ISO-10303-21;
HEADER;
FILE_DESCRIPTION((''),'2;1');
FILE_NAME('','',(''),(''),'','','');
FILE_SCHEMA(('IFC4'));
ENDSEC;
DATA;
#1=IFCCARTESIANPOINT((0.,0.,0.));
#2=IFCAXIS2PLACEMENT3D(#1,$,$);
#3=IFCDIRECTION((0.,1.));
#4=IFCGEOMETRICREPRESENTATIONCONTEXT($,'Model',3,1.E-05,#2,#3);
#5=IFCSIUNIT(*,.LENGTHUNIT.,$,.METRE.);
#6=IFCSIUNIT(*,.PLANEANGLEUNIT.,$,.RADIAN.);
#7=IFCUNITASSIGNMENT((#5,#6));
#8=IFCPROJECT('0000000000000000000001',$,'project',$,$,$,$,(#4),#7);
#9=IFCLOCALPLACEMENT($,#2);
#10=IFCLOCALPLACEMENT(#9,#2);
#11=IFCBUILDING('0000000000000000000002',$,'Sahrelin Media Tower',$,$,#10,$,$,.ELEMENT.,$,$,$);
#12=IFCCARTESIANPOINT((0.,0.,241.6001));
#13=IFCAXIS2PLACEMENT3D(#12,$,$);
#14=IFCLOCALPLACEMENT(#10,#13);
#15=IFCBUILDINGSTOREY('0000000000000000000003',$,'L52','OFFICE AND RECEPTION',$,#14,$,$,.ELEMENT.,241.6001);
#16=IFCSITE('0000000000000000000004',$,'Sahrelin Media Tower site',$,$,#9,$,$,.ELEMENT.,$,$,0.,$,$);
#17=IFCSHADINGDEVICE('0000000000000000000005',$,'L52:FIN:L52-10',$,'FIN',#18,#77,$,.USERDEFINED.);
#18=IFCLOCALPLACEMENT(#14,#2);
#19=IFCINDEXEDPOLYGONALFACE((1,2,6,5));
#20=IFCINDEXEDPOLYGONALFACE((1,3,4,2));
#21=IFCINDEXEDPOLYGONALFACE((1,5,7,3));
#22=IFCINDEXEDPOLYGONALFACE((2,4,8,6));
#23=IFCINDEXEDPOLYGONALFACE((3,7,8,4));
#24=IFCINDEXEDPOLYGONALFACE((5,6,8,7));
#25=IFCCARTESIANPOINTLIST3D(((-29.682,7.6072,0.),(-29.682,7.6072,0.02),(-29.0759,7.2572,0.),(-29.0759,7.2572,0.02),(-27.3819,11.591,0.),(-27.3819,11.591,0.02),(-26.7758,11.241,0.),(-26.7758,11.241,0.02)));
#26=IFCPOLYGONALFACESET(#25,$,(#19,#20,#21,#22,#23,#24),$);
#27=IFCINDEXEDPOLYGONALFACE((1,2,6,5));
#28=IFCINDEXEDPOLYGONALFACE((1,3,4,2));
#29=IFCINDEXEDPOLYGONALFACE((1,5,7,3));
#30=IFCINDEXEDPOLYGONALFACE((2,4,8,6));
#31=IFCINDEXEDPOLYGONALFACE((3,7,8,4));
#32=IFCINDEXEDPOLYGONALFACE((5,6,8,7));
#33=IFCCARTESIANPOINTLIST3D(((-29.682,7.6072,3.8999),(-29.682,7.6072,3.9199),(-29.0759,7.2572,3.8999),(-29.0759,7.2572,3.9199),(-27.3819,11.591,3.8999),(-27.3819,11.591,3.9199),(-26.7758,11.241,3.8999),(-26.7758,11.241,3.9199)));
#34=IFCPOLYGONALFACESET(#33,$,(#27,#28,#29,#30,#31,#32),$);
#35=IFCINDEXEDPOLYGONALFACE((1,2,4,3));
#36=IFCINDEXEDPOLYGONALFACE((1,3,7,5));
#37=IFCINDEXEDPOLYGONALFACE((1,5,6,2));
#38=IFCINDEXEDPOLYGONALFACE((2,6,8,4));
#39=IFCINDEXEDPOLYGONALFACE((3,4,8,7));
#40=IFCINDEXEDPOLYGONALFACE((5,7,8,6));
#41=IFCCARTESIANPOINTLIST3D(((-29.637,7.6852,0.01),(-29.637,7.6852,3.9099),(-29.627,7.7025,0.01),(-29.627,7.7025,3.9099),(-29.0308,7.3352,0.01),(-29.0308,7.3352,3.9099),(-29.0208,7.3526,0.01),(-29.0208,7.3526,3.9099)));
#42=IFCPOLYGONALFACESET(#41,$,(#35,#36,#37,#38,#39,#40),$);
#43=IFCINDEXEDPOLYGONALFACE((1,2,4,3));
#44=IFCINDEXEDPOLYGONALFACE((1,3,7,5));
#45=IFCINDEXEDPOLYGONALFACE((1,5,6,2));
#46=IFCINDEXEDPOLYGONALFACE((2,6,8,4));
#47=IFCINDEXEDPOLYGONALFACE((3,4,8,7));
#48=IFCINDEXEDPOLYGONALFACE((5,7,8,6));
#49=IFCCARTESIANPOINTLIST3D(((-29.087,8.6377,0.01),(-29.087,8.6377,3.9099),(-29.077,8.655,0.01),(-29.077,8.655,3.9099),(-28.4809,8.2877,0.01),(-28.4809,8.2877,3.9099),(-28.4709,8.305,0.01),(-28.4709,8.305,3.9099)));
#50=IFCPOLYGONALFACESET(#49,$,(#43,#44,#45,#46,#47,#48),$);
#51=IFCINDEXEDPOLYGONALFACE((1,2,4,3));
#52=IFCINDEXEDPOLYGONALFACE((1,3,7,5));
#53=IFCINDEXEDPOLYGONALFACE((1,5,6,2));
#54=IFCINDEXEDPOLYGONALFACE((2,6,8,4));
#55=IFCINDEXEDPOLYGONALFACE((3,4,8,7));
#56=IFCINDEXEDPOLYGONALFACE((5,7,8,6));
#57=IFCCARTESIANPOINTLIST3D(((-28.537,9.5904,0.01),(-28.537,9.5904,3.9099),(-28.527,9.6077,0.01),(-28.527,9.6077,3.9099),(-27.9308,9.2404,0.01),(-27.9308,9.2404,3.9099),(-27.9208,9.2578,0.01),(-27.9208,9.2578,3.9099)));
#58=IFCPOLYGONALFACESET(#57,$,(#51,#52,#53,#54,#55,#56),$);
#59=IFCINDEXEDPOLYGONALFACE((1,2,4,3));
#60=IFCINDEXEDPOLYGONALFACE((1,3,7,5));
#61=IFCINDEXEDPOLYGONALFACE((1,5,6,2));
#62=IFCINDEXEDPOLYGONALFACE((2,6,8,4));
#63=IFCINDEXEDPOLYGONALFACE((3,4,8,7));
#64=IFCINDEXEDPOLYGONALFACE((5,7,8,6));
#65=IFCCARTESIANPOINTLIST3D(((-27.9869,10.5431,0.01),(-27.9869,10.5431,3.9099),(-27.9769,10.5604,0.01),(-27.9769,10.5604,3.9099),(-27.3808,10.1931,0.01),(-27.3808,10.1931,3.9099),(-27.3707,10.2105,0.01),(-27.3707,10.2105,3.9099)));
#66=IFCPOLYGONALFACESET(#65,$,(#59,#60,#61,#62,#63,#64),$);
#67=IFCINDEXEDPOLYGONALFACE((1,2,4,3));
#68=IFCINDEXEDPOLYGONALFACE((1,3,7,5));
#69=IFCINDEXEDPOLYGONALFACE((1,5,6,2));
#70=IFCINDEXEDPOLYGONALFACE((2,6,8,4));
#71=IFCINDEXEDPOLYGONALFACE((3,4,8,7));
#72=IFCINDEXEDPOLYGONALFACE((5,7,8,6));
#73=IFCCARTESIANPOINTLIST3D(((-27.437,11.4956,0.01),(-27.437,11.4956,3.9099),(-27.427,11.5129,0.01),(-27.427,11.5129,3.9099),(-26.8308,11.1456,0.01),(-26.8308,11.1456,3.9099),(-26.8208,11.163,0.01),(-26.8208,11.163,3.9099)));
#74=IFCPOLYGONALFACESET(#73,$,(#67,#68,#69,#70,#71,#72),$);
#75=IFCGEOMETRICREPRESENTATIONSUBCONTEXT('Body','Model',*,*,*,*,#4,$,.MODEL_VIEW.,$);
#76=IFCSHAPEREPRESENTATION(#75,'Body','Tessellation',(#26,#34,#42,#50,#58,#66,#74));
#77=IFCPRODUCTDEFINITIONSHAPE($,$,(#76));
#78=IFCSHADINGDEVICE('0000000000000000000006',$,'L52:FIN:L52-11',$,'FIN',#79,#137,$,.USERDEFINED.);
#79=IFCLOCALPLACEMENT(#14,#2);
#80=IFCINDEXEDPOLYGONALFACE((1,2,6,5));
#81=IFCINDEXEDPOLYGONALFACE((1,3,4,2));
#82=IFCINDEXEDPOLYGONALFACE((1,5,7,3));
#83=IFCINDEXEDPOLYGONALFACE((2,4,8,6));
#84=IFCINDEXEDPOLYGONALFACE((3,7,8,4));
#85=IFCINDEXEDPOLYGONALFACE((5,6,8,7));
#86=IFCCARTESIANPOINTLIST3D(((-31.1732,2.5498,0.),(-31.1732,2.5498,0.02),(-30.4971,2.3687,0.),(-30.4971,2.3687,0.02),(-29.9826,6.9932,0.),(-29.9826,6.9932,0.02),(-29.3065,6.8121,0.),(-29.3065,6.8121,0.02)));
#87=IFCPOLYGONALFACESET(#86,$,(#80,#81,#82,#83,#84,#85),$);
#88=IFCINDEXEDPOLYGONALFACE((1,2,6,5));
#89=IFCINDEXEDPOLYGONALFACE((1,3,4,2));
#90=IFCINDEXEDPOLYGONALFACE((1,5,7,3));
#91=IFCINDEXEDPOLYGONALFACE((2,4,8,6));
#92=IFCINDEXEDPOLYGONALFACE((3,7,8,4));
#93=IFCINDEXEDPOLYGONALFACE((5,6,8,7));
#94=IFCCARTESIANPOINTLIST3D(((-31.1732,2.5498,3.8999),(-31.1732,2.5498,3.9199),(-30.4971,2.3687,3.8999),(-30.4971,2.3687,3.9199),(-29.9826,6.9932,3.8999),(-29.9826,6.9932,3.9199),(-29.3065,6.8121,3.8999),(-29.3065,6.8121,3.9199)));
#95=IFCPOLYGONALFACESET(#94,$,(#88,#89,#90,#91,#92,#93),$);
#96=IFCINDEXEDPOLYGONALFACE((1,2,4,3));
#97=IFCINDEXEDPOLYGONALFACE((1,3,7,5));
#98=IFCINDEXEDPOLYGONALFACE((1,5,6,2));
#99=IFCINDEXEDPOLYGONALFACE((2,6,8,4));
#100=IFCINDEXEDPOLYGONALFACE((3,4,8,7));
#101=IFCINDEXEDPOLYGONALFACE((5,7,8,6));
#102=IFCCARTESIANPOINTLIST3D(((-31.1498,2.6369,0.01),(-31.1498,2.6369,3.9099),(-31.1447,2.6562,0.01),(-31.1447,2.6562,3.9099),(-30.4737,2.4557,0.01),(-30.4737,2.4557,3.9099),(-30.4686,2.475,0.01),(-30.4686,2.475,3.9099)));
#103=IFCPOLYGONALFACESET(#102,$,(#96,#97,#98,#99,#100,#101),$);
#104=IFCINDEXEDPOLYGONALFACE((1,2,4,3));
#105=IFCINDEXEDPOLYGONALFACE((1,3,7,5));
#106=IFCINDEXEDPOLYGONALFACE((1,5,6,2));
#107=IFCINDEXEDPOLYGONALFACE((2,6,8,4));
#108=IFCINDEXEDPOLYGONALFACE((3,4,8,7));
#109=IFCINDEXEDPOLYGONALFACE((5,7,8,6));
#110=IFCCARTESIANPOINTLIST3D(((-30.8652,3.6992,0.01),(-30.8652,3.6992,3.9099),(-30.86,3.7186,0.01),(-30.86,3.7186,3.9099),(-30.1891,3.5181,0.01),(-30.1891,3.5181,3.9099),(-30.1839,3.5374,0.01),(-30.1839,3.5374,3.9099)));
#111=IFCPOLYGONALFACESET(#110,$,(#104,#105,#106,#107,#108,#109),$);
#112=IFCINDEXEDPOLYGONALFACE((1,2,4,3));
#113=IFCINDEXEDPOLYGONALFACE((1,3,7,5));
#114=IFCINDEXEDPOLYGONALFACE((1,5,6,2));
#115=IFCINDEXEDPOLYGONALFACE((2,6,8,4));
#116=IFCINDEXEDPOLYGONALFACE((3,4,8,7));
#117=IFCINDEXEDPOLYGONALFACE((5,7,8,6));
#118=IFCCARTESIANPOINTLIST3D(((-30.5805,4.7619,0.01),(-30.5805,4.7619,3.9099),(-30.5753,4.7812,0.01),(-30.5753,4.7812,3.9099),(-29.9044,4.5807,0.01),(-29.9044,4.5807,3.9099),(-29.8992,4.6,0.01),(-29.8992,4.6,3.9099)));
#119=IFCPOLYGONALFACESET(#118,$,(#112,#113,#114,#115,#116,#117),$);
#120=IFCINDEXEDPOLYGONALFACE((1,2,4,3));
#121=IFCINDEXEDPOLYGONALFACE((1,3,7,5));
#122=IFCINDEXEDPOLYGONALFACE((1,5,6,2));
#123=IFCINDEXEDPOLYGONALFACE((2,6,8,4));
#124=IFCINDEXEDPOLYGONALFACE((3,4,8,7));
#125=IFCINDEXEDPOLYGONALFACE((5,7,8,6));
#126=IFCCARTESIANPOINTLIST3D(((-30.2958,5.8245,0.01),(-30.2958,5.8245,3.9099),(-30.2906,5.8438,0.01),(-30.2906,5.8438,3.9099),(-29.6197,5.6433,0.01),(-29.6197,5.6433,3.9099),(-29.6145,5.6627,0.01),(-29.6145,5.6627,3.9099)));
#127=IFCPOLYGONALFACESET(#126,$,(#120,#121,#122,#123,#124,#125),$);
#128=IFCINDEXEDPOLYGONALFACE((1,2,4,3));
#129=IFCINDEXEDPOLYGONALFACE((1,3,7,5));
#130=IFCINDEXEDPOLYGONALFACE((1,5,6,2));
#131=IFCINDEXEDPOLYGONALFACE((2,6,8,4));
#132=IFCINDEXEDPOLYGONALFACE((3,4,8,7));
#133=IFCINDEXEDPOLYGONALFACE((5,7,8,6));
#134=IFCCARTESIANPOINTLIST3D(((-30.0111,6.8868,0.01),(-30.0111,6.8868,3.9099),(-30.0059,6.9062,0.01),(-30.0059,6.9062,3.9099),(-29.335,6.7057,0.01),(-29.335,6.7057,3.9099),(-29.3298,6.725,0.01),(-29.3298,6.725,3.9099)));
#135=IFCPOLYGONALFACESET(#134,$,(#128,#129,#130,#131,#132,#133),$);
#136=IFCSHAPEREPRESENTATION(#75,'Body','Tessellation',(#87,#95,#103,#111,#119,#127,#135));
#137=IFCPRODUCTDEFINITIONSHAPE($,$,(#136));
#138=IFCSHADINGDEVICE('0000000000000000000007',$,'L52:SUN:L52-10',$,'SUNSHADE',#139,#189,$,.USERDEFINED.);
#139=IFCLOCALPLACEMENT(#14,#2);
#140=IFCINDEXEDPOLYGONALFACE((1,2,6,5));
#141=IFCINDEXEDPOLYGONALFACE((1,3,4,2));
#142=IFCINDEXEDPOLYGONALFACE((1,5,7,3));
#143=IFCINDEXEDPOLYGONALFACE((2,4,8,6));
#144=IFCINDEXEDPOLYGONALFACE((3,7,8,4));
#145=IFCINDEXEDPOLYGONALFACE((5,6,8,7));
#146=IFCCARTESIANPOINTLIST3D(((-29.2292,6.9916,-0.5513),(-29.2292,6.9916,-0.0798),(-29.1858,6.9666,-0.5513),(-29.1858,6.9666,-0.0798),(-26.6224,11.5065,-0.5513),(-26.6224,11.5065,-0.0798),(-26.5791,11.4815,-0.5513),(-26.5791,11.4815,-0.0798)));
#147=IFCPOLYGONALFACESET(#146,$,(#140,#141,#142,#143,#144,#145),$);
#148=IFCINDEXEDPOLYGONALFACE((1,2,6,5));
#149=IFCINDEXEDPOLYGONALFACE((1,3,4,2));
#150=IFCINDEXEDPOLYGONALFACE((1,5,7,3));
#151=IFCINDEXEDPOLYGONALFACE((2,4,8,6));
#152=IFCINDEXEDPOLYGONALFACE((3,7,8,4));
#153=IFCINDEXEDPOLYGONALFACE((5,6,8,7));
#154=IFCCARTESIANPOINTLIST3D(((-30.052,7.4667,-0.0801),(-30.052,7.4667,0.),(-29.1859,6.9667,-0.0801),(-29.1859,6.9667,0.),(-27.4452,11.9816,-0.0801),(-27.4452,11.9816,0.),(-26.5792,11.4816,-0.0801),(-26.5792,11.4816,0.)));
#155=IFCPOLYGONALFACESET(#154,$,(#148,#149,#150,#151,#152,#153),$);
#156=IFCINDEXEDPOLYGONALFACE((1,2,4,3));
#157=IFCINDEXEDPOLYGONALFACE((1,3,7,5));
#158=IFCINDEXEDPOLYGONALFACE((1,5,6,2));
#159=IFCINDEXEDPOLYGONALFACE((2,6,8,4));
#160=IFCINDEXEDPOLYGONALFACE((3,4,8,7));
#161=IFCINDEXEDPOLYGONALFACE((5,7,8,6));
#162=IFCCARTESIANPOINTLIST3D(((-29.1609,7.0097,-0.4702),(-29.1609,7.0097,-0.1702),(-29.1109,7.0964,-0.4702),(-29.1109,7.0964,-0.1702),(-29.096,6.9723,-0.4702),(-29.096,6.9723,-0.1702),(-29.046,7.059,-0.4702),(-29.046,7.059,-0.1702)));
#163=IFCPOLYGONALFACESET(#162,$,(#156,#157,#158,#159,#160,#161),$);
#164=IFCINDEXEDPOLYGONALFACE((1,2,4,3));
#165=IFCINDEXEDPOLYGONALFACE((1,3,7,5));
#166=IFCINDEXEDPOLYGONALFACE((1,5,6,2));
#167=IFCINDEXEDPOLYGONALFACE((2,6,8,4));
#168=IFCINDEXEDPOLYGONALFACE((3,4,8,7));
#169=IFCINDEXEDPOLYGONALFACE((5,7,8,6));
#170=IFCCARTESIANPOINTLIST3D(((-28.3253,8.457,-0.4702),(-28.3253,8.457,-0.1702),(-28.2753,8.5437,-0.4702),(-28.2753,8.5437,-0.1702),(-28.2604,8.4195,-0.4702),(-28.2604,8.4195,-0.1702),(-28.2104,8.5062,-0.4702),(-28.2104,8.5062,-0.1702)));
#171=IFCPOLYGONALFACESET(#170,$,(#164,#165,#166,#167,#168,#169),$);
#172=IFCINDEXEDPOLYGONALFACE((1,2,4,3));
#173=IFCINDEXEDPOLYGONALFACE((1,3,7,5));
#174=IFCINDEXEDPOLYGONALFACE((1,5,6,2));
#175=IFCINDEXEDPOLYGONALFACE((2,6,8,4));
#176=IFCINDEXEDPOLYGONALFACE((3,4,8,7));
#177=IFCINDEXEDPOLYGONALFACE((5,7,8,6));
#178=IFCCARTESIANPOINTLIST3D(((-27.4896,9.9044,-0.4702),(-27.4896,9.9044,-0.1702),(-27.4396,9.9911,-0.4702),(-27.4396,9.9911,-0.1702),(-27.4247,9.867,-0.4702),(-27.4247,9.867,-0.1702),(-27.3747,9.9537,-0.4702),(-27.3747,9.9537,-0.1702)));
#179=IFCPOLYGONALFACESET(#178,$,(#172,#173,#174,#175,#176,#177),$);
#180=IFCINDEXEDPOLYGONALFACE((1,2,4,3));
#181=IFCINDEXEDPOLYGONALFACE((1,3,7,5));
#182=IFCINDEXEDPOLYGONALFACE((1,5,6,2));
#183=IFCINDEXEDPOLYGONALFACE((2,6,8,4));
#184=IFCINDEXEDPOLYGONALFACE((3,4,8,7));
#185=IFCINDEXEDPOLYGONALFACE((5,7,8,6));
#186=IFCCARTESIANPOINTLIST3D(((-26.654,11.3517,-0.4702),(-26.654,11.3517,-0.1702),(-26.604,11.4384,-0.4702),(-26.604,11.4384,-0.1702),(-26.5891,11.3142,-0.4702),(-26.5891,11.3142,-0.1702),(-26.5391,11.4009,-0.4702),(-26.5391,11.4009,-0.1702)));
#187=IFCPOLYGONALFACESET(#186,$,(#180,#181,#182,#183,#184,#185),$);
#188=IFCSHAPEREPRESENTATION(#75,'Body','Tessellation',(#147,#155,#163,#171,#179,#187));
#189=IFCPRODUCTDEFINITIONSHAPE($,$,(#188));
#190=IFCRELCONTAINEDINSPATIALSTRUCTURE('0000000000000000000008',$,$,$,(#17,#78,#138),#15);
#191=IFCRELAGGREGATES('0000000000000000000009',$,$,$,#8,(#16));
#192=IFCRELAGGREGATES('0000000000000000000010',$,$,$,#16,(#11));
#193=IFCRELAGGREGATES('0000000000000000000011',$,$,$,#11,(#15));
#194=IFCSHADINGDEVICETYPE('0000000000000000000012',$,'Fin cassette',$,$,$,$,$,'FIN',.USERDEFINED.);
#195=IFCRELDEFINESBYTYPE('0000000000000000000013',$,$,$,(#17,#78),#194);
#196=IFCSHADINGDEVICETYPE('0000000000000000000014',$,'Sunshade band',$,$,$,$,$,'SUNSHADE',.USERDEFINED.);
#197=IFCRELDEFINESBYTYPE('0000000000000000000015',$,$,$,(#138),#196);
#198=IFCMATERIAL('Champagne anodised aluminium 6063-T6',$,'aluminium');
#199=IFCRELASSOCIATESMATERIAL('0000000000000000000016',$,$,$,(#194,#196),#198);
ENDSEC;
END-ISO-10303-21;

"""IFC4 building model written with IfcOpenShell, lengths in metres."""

from ifc_helpers import new_model, si_unit, direction, frame, origin, origin_2d, place, context, subcontext, project, spatial, rectangle, extrude, material, type_object, element, save


model = new_model("IFC4")

# Units and contexts
model_context = context("Model", 3, precision=1e-05, world=origin(), true_north=direction((0.0, 1.0)))
body_context = subcontext(model_context, "Body", "Model", "MODEL_VIEW")
ifc_project = project(units=[si_unit("LENGTHUNIT", "METRE"), si_unit("PLANEANGLEUNIT", "RADIAN")], contexts=[model_context])

# Site, building, storey
site_placement = place(None, origin())
site = spatial("IfcSite", under=ifc_project, at=site_placement, Name="Sahrelin Media Tower site", CompositionType="ELEMENT", RefElevation=0.0)
building_placement = place(site_placement, origin())
building = spatial("IfcBuilding", under=site, at=building_placement, Name="Sahrelin Media Tower", CompositionType="ELEMENT")
storey_placement = place(building_placement, frame((0.0, 0.0, 241.6001)))
storey = spatial("IfcBuildingStorey", under=building, at=storey_placement, Name="L52", Description="OFFICE AND RECEPTION", CompositionType="ELEMENT", Elevation=241.6001)

# Shared definitions
ifc_material_1 = material(Name="Champagne anodised aluminium 6063-T6", Category="aluminium")

# Shading devices
shading_device_type_1 = type_object("IfcShadingDeviceType", Name="Fin cassette", ElementType="FIN", PredefinedType="USERDEFINED", material=ifc_material_1)
placement_1 = place(storey_placement, frame((-27.8652, 9.2141, 0.0), z_axis=(0.0, 0.0, 1.0), x_axis=(0.500011, 0.866019, 0.0)))
element("IfcShadingDevice", 1, at=placement_1, inside=storey, type_object=shading_device_type_1, Name="L52:FIN:L52-10", ObjectType="FIN", PredefinedType="USERDEFINED", context=body_context, shape_type="SweptSolid", body=[
    extrude(rectangle(XDim=4.6001, YDim=0.7, at=origin_2d()), frame((0.0, 0.4199, 0.0)), (0.0, 0.0, 1.0), 0.02),
    extrude(rectangle(XDim=4.6001, YDim=0.7, at=origin_2d()), frame((0.0, 0.4199, 3.8999)), (0.0, 0.0, 1.0), 0.02),
    extrude(rectangle(XDim=0.02, YDim=0.7, at=origin_2d()), frame((-2.2, 0.4199, 0.01), z_axis=(0.0, 0.0, 1.0), x_axis=(1.0, 0.0, 0.0)), (0.0, 0.0, 1.0), 3.8999),
    extrude(rectangle(XDim=0.02, YDim=0.7, at=origin_2d()), frame((-1.1001, 0.4199, 0.01), z_axis=(0.0, 0.0, 1.0), x_axis=(1.0, 0.0, 0.0)), (0.0, 0.0, 1.0), 3.8999),
    extrude(rectangle(XDim=0.02, YDim=0.7, at=origin_2d()), frame((0.0, 0.4199, 0.01), z_axis=(0.0, 0.0, 1.0), x_axis=(1.0, 0.0, 0.0)), (0.0, 0.0, 1.0), 3.8999),
    extrude(rectangle(XDim=0.02, YDim=0.7, at=origin_2d()), frame((1.1001, 0.4199, 0.01), z_axis=(0.0, 0.0, 1.0), x_axis=(1.0, 0.0, 0.0)), (0.0, 0.0, 1.0), 3.8999),
    extrude(rectangle(XDim=0.02, YDim=0.7, at=origin_2d()), frame((2.2, 0.4199, 0.01), z_axis=(0.0, 0.0, 1.0), x_axis=(1.0, 0.0, 0.0)), (0.0, 0.0, 1.0), 3.8999),
])
placement_2 = place(storey_placement, frame((-29.8342, 4.5723, 0.0), z_axis=(0.0, 0.0, 1.0), x_axis=(0.258808, 0.965929, 0.0)))
element("IfcShadingDevice", 2, at=placement_2, inside=storey, type_object=shading_device_type_1, Name="L52:FIN:L52-11", ObjectType="FIN", PredefinedType="USERDEFINED", context=body_context, shape_type="SweptSolid", body=[
    extrude(rectangle(XDim=4.6001, YDim=0.7, at=origin_2d()), frame((0.0, 0.4199, 0.0)), (0.0, 0.0, 1.0), 0.02),
    extrude(rectangle(XDim=4.6001, YDim=0.7, at=origin_2d()), frame((0.0, 0.4199, 3.8999)), (0.0, 0.0, 1.0), 0.02),
    extrude(rectangle(XDim=0.02, YDim=0.7, at=origin_2d()), frame((-2.2, 0.4199, 0.01), z_axis=(0.0, 0.0, 1.0), x_axis=(1.0, 0.0, 0.0)), (0.0, 0.0, 1.0), 3.8999),
    extrude(rectangle(XDim=0.02, YDim=0.7, at=origin_2d()), frame((-1.1001, 0.4199, 0.01), z_axis=(0.0, 0.0, 1.0), x_axis=(1.0, 0.0, 0.0)), (0.0, 0.0, 1.0), 3.8999),
    extrude(rectangle(XDim=0.02, YDim=0.7, at=origin_2d()), frame((0.0, 0.4199, 0.01), z_axis=(0.0, 0.0, 1.0), x_axis=(1.0, 0.0, 0.0)), (0.0, 0.0, 1.0), 3.8999),
    extrude(rectangle(XDim=0.02, YDim=0.7, at=origin_2d()), frame((1.1001, 0.4199, 0.01), z_axis=(0.0, 0.0, 1.0), x_axis=(1.0, 0.0, 0.0)), (0.0, 0.0, 1.0), 3.8999),
    extrude(rectangle(XDim=0.02, YDim=0.7, at=origin_2d()), frame((2.2, 0.4199, 0.01), z_axis=(0.0, 0.0, 1.0), x_axis=(1.0, 0.0, 0.0)), (0.0, 0.0, 1.0), 3.8999),
])
shading_device_type_2 = type_object("IfcShadingDeviceType", Name="Sunshade band", ElementType="SUNSHADE", PredefinedType="USERDEFINED", material=ifc_material_1)
element("IfcShadingDevice", 3, at=placement_1, inside=storey, type_object=shading_device_type_2, Name="L52:SUN:L52-10", ObjectType="SUNSHADE", PredefinedType="USERDEFINED", context=body_context, shape_type="SweptSolid", body=[
    extrude(rectangle(XDim=5.2134, YDim=0.05, at=origin_2d()), frame((0.0, 0.0449, -0.5513)), (0.0, 0.0, 1.0), 0.4714),
    extrude(rectangle(XDim=5.2134, YDim=1.0, at=origin_2d()), frame((0.0, 0.52, -0.0801)), (0.0, 0.0, 1.0), 0.0801),
    extrude(rectangle(XDim=0.1001, YDim=0.075, at=origin_2d()), frame((-2.5068, -0.0176, -0.4702)), (0.0, 0.0, 1.0), 0.3),
    extrude(rectangle(XDim=0.1001, YDim=0.075, at=origin_2d()), frame((-0.8357, -0.0176, -0.4702)), (0.0, 0.0, 1.0), 0.3),
    extrude(rectangle(XDim=0.1001, YDim=0.075, at=origin_2d()), frame((0.8357, -0.0176, -0.4702)), (0.0, 0.0, 1.0), 0.3),
    extrude(rectangle(XDim=0.1001, YDim=0.075, at=origin_2d()), frame((2.5068, -0.0176, -0.4702)), (0.0, 0.0, 1.0), 0.3),
])

save(model, "model.ifc")
